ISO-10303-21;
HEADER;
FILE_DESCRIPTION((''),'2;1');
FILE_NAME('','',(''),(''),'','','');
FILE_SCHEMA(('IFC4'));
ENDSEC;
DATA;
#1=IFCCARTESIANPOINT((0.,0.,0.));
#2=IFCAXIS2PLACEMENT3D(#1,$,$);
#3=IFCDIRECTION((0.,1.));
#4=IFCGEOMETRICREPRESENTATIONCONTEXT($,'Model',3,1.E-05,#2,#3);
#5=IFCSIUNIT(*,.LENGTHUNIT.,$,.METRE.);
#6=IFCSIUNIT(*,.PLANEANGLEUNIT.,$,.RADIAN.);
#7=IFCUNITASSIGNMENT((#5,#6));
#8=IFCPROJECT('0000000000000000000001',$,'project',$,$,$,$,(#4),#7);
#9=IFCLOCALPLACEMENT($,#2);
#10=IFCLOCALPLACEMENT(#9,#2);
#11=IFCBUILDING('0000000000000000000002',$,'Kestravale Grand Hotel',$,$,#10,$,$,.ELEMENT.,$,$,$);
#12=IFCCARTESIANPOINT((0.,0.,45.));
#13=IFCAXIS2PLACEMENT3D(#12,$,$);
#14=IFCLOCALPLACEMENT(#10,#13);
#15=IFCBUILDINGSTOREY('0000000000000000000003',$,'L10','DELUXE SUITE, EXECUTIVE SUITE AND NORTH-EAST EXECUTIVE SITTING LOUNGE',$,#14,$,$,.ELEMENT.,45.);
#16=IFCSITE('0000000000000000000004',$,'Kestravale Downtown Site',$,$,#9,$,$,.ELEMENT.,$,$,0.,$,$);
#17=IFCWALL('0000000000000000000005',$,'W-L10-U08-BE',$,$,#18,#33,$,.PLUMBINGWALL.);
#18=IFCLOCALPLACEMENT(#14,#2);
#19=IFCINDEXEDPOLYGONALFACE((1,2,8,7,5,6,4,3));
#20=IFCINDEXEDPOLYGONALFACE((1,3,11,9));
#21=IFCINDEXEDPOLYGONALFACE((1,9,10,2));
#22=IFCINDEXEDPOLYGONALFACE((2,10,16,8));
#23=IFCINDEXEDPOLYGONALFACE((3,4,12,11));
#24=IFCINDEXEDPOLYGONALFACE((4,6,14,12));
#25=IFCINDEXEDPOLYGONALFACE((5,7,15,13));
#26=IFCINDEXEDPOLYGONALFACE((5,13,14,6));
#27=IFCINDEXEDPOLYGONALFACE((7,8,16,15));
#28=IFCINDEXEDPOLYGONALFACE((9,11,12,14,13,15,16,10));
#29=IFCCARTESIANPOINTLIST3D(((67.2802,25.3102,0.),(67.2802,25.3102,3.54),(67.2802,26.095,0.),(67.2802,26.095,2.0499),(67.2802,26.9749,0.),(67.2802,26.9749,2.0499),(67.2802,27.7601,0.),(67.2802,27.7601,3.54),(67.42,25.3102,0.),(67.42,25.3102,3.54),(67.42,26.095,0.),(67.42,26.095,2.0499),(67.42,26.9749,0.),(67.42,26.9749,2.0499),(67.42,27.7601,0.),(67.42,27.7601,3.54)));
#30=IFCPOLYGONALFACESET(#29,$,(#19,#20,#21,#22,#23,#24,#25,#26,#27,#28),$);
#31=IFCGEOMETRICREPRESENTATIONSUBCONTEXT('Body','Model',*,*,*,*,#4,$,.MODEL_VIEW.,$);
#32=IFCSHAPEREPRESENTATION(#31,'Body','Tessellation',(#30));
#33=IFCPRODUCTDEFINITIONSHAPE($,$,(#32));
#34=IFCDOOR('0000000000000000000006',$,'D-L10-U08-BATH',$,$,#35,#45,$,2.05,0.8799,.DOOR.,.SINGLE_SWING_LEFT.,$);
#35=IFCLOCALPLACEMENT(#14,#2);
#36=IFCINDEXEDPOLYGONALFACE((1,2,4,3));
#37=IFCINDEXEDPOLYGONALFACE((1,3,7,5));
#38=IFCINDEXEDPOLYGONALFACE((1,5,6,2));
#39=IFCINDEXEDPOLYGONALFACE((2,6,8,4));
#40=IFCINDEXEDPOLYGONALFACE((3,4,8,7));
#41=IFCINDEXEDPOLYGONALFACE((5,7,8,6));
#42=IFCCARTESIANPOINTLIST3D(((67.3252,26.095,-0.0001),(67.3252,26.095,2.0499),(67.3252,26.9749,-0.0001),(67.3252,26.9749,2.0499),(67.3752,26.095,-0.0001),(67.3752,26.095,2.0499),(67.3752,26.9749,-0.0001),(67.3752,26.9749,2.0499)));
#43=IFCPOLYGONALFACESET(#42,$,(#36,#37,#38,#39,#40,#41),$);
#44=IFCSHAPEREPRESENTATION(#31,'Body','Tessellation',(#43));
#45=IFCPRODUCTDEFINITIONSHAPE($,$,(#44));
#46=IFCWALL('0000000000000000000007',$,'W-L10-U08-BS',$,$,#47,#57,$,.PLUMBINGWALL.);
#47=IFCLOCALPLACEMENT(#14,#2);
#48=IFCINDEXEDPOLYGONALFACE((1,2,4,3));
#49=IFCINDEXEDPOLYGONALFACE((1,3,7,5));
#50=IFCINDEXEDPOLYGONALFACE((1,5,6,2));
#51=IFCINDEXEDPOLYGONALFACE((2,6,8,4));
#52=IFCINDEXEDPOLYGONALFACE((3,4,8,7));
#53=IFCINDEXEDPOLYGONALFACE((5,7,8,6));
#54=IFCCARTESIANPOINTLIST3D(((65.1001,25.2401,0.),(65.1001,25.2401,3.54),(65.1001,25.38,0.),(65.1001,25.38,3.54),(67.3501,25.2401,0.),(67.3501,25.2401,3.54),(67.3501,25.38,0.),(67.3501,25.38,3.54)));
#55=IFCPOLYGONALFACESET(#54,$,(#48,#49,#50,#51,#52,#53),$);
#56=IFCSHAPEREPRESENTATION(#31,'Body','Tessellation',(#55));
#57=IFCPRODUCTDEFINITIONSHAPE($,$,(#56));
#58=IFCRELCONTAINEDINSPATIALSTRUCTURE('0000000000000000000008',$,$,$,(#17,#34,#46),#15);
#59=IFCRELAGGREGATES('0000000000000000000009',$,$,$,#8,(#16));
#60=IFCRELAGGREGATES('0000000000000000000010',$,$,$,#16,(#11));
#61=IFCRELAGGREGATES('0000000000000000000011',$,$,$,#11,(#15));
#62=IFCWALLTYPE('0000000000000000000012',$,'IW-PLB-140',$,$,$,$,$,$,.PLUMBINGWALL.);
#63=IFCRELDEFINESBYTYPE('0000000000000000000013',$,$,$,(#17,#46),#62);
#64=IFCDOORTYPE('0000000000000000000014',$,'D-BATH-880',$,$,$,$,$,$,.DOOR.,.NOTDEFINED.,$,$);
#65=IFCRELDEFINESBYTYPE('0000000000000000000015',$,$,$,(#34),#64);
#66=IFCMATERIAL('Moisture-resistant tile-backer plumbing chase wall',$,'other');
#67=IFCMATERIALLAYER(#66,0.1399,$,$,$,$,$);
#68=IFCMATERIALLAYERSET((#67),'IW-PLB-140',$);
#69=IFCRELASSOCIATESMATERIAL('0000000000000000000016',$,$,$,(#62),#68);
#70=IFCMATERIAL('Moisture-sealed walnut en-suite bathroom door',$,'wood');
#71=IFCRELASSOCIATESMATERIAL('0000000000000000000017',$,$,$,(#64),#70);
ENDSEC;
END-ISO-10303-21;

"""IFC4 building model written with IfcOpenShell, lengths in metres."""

from ifc_helpers import new_model, si_unit, direction, frame, frame_2d, origin, place, context, subcontext, project, spatial, rectangle, extrude, material, layer, layer_set, type_object, element, fill, save


model = new_model("IFC4")

# Units and contexts
model_context = context("Model", 3, precision=1e-05, world=origin(), true_north=direction((0.0, 1.0)))
body_context = subcontext(model_context, "Body", "Model", "MODEL_VIEW")
ifc_project = project(units=[si_unit("LENGTHUNIT", "METRE"), si_unit("PLANEANGLEUNIT", "RADIAN")], contexts=[model_context])

# Site, building, storey
site_placement = place(None, origin())
site = spatial("IfcSite", under=ifc_project, at=site_placement, Name="Kestravale Downtown Site", CompositionType="ELEMENT", RefElevation=0.0)
building_placement = place(site_placement, origin())
building = spatial("IfcBuilding", under=site, at=building_placement, Name="Kestravale Grand Hotel", CompositionType="ELEMENT")
storey_placement = place(building_placement, frame((0.0, 0.0, 45.0)))
storey = spatial("IfcBuildingStorey", under=building, at=storey_placement, Name="L10", Description="DELUXE SUITE, EXECUTIVE SUITE AND NORTH-EAST EXECUTIVE SITTING LOUNGE", CompositionType="ELEMENT", Elevation=45.0)

# Shared definitions
ifc_material_1 = material(Name="Moisture-resistant tile-backer plumbing chase wall", Category="other")
ifc_layer_1 = layer(ifc_material_1, 0.1399)
ifc_layer_set_1 = layer_set([ifc_layer_1], Name="IW-PLB-140")
wall_type_1 = type_object("IfcWallType", Name="IW-PLB-140", PredefinedType="PLUMBINGWALL", material=ifc_layer_set_1)

# Shared definitions
ifc_material_2 = material(Name="Moisture-sealed walnut en-suite bathroom door", Category="wood")
door_type = type_object("IfcDoorType", Name="D-BATH-880", OperationType="NOTDEFINED", PredefinedType="DOOR", material=ifc_material_2)

# Wall, opening, door
wall_1_placement = place(storey_placement, frame((67.3501, 25.3101, 0.0), z_axis=(0.0, 0.0, 1.0), x_axis=(0.0, 1.0, 0.0)))
wall_1 = element("IfcWall", 1, at=wall_1_placement, inside=storey, type_object=wall_type_1, Name="W-L10-U08-BE", PredefinedType="PLUMBINGWALL", context=body_context, shape_type="SweptSolid", body=[
    extrude(rectangle(XDim=2.45, YDim=0.1399, at=frame_2d((1.2251, 0.0))), origin(), (0.0, 0.0, 1.0), 3.54),
])
opening_1_placement = place(wall_1_placement, frame((0.7849, 0.0, 0.0)))
opening_1 = element("IfcOpeningElement", 2, at=opening_1_placement, cuts=wall_1, PredefinedType="OPENING", context=body_context, shape_type="SweptSolid", body=[
    extrude(rectangle(XDim=0.8799, YDim=2.05, at=frame_2d((0.4399, 1.0249))), frame((0.0, 0.0798, 0.0), z_axis=(0.0, -1.0, 0.0), x_axis=(1.0, 0.0, 0.0)), (0.0, 0.0, 1.0), 0.1599),
])
door_1_placement = place(opening_1_placement, origin())
door_1 = element("IfcDoor", 3, at=door_1_placement, inside=storey, type_object=door_type, Name="D-L10-U08-BATH", OperationType="SINGLE_SWING_LEFT", OverallHeight=2.05, OverallWidth=0.8799, PredefinedType="DOOR", context=body_context, shape_type="SweptSolid", body=[
    extrude(rectangle(XDim=0.8799, YDim=2.05, at=frame_2d((0.4399, 1.0249))), frame((0.0, 0.0249, 0.0), z_axis=(0.0, -1.0, 0.0), x_axis=(1.0, 0.0, 0.0)), (0.0, 0.0, 1.0), 0.05),
])
fill(opening_1, door_1)

# Wall
wall_2_placement = place(storey_placement, frame((65.1001, 25.3101, 0.0), z_axis=(0.0, 0.0, 1.0), x_axis=(1.0, 0.0, 0.0)))
element("IfcWall", 4, at=wall_2_placement, inside=storey, type_object=wall_type_1, Name="W-L10-U08-BS", PredefinedType="PLUMBINGWALL", context=body_context, shape_type="SweptSolid", body=[
    extrude(rectangle(XDim=2.25, YDim=0.1399, at=frame_2d((1.125, 0.0))), origin(), (0.0, 0.0, 1.0), 3.54),
])

save(model, "model.ifc")
